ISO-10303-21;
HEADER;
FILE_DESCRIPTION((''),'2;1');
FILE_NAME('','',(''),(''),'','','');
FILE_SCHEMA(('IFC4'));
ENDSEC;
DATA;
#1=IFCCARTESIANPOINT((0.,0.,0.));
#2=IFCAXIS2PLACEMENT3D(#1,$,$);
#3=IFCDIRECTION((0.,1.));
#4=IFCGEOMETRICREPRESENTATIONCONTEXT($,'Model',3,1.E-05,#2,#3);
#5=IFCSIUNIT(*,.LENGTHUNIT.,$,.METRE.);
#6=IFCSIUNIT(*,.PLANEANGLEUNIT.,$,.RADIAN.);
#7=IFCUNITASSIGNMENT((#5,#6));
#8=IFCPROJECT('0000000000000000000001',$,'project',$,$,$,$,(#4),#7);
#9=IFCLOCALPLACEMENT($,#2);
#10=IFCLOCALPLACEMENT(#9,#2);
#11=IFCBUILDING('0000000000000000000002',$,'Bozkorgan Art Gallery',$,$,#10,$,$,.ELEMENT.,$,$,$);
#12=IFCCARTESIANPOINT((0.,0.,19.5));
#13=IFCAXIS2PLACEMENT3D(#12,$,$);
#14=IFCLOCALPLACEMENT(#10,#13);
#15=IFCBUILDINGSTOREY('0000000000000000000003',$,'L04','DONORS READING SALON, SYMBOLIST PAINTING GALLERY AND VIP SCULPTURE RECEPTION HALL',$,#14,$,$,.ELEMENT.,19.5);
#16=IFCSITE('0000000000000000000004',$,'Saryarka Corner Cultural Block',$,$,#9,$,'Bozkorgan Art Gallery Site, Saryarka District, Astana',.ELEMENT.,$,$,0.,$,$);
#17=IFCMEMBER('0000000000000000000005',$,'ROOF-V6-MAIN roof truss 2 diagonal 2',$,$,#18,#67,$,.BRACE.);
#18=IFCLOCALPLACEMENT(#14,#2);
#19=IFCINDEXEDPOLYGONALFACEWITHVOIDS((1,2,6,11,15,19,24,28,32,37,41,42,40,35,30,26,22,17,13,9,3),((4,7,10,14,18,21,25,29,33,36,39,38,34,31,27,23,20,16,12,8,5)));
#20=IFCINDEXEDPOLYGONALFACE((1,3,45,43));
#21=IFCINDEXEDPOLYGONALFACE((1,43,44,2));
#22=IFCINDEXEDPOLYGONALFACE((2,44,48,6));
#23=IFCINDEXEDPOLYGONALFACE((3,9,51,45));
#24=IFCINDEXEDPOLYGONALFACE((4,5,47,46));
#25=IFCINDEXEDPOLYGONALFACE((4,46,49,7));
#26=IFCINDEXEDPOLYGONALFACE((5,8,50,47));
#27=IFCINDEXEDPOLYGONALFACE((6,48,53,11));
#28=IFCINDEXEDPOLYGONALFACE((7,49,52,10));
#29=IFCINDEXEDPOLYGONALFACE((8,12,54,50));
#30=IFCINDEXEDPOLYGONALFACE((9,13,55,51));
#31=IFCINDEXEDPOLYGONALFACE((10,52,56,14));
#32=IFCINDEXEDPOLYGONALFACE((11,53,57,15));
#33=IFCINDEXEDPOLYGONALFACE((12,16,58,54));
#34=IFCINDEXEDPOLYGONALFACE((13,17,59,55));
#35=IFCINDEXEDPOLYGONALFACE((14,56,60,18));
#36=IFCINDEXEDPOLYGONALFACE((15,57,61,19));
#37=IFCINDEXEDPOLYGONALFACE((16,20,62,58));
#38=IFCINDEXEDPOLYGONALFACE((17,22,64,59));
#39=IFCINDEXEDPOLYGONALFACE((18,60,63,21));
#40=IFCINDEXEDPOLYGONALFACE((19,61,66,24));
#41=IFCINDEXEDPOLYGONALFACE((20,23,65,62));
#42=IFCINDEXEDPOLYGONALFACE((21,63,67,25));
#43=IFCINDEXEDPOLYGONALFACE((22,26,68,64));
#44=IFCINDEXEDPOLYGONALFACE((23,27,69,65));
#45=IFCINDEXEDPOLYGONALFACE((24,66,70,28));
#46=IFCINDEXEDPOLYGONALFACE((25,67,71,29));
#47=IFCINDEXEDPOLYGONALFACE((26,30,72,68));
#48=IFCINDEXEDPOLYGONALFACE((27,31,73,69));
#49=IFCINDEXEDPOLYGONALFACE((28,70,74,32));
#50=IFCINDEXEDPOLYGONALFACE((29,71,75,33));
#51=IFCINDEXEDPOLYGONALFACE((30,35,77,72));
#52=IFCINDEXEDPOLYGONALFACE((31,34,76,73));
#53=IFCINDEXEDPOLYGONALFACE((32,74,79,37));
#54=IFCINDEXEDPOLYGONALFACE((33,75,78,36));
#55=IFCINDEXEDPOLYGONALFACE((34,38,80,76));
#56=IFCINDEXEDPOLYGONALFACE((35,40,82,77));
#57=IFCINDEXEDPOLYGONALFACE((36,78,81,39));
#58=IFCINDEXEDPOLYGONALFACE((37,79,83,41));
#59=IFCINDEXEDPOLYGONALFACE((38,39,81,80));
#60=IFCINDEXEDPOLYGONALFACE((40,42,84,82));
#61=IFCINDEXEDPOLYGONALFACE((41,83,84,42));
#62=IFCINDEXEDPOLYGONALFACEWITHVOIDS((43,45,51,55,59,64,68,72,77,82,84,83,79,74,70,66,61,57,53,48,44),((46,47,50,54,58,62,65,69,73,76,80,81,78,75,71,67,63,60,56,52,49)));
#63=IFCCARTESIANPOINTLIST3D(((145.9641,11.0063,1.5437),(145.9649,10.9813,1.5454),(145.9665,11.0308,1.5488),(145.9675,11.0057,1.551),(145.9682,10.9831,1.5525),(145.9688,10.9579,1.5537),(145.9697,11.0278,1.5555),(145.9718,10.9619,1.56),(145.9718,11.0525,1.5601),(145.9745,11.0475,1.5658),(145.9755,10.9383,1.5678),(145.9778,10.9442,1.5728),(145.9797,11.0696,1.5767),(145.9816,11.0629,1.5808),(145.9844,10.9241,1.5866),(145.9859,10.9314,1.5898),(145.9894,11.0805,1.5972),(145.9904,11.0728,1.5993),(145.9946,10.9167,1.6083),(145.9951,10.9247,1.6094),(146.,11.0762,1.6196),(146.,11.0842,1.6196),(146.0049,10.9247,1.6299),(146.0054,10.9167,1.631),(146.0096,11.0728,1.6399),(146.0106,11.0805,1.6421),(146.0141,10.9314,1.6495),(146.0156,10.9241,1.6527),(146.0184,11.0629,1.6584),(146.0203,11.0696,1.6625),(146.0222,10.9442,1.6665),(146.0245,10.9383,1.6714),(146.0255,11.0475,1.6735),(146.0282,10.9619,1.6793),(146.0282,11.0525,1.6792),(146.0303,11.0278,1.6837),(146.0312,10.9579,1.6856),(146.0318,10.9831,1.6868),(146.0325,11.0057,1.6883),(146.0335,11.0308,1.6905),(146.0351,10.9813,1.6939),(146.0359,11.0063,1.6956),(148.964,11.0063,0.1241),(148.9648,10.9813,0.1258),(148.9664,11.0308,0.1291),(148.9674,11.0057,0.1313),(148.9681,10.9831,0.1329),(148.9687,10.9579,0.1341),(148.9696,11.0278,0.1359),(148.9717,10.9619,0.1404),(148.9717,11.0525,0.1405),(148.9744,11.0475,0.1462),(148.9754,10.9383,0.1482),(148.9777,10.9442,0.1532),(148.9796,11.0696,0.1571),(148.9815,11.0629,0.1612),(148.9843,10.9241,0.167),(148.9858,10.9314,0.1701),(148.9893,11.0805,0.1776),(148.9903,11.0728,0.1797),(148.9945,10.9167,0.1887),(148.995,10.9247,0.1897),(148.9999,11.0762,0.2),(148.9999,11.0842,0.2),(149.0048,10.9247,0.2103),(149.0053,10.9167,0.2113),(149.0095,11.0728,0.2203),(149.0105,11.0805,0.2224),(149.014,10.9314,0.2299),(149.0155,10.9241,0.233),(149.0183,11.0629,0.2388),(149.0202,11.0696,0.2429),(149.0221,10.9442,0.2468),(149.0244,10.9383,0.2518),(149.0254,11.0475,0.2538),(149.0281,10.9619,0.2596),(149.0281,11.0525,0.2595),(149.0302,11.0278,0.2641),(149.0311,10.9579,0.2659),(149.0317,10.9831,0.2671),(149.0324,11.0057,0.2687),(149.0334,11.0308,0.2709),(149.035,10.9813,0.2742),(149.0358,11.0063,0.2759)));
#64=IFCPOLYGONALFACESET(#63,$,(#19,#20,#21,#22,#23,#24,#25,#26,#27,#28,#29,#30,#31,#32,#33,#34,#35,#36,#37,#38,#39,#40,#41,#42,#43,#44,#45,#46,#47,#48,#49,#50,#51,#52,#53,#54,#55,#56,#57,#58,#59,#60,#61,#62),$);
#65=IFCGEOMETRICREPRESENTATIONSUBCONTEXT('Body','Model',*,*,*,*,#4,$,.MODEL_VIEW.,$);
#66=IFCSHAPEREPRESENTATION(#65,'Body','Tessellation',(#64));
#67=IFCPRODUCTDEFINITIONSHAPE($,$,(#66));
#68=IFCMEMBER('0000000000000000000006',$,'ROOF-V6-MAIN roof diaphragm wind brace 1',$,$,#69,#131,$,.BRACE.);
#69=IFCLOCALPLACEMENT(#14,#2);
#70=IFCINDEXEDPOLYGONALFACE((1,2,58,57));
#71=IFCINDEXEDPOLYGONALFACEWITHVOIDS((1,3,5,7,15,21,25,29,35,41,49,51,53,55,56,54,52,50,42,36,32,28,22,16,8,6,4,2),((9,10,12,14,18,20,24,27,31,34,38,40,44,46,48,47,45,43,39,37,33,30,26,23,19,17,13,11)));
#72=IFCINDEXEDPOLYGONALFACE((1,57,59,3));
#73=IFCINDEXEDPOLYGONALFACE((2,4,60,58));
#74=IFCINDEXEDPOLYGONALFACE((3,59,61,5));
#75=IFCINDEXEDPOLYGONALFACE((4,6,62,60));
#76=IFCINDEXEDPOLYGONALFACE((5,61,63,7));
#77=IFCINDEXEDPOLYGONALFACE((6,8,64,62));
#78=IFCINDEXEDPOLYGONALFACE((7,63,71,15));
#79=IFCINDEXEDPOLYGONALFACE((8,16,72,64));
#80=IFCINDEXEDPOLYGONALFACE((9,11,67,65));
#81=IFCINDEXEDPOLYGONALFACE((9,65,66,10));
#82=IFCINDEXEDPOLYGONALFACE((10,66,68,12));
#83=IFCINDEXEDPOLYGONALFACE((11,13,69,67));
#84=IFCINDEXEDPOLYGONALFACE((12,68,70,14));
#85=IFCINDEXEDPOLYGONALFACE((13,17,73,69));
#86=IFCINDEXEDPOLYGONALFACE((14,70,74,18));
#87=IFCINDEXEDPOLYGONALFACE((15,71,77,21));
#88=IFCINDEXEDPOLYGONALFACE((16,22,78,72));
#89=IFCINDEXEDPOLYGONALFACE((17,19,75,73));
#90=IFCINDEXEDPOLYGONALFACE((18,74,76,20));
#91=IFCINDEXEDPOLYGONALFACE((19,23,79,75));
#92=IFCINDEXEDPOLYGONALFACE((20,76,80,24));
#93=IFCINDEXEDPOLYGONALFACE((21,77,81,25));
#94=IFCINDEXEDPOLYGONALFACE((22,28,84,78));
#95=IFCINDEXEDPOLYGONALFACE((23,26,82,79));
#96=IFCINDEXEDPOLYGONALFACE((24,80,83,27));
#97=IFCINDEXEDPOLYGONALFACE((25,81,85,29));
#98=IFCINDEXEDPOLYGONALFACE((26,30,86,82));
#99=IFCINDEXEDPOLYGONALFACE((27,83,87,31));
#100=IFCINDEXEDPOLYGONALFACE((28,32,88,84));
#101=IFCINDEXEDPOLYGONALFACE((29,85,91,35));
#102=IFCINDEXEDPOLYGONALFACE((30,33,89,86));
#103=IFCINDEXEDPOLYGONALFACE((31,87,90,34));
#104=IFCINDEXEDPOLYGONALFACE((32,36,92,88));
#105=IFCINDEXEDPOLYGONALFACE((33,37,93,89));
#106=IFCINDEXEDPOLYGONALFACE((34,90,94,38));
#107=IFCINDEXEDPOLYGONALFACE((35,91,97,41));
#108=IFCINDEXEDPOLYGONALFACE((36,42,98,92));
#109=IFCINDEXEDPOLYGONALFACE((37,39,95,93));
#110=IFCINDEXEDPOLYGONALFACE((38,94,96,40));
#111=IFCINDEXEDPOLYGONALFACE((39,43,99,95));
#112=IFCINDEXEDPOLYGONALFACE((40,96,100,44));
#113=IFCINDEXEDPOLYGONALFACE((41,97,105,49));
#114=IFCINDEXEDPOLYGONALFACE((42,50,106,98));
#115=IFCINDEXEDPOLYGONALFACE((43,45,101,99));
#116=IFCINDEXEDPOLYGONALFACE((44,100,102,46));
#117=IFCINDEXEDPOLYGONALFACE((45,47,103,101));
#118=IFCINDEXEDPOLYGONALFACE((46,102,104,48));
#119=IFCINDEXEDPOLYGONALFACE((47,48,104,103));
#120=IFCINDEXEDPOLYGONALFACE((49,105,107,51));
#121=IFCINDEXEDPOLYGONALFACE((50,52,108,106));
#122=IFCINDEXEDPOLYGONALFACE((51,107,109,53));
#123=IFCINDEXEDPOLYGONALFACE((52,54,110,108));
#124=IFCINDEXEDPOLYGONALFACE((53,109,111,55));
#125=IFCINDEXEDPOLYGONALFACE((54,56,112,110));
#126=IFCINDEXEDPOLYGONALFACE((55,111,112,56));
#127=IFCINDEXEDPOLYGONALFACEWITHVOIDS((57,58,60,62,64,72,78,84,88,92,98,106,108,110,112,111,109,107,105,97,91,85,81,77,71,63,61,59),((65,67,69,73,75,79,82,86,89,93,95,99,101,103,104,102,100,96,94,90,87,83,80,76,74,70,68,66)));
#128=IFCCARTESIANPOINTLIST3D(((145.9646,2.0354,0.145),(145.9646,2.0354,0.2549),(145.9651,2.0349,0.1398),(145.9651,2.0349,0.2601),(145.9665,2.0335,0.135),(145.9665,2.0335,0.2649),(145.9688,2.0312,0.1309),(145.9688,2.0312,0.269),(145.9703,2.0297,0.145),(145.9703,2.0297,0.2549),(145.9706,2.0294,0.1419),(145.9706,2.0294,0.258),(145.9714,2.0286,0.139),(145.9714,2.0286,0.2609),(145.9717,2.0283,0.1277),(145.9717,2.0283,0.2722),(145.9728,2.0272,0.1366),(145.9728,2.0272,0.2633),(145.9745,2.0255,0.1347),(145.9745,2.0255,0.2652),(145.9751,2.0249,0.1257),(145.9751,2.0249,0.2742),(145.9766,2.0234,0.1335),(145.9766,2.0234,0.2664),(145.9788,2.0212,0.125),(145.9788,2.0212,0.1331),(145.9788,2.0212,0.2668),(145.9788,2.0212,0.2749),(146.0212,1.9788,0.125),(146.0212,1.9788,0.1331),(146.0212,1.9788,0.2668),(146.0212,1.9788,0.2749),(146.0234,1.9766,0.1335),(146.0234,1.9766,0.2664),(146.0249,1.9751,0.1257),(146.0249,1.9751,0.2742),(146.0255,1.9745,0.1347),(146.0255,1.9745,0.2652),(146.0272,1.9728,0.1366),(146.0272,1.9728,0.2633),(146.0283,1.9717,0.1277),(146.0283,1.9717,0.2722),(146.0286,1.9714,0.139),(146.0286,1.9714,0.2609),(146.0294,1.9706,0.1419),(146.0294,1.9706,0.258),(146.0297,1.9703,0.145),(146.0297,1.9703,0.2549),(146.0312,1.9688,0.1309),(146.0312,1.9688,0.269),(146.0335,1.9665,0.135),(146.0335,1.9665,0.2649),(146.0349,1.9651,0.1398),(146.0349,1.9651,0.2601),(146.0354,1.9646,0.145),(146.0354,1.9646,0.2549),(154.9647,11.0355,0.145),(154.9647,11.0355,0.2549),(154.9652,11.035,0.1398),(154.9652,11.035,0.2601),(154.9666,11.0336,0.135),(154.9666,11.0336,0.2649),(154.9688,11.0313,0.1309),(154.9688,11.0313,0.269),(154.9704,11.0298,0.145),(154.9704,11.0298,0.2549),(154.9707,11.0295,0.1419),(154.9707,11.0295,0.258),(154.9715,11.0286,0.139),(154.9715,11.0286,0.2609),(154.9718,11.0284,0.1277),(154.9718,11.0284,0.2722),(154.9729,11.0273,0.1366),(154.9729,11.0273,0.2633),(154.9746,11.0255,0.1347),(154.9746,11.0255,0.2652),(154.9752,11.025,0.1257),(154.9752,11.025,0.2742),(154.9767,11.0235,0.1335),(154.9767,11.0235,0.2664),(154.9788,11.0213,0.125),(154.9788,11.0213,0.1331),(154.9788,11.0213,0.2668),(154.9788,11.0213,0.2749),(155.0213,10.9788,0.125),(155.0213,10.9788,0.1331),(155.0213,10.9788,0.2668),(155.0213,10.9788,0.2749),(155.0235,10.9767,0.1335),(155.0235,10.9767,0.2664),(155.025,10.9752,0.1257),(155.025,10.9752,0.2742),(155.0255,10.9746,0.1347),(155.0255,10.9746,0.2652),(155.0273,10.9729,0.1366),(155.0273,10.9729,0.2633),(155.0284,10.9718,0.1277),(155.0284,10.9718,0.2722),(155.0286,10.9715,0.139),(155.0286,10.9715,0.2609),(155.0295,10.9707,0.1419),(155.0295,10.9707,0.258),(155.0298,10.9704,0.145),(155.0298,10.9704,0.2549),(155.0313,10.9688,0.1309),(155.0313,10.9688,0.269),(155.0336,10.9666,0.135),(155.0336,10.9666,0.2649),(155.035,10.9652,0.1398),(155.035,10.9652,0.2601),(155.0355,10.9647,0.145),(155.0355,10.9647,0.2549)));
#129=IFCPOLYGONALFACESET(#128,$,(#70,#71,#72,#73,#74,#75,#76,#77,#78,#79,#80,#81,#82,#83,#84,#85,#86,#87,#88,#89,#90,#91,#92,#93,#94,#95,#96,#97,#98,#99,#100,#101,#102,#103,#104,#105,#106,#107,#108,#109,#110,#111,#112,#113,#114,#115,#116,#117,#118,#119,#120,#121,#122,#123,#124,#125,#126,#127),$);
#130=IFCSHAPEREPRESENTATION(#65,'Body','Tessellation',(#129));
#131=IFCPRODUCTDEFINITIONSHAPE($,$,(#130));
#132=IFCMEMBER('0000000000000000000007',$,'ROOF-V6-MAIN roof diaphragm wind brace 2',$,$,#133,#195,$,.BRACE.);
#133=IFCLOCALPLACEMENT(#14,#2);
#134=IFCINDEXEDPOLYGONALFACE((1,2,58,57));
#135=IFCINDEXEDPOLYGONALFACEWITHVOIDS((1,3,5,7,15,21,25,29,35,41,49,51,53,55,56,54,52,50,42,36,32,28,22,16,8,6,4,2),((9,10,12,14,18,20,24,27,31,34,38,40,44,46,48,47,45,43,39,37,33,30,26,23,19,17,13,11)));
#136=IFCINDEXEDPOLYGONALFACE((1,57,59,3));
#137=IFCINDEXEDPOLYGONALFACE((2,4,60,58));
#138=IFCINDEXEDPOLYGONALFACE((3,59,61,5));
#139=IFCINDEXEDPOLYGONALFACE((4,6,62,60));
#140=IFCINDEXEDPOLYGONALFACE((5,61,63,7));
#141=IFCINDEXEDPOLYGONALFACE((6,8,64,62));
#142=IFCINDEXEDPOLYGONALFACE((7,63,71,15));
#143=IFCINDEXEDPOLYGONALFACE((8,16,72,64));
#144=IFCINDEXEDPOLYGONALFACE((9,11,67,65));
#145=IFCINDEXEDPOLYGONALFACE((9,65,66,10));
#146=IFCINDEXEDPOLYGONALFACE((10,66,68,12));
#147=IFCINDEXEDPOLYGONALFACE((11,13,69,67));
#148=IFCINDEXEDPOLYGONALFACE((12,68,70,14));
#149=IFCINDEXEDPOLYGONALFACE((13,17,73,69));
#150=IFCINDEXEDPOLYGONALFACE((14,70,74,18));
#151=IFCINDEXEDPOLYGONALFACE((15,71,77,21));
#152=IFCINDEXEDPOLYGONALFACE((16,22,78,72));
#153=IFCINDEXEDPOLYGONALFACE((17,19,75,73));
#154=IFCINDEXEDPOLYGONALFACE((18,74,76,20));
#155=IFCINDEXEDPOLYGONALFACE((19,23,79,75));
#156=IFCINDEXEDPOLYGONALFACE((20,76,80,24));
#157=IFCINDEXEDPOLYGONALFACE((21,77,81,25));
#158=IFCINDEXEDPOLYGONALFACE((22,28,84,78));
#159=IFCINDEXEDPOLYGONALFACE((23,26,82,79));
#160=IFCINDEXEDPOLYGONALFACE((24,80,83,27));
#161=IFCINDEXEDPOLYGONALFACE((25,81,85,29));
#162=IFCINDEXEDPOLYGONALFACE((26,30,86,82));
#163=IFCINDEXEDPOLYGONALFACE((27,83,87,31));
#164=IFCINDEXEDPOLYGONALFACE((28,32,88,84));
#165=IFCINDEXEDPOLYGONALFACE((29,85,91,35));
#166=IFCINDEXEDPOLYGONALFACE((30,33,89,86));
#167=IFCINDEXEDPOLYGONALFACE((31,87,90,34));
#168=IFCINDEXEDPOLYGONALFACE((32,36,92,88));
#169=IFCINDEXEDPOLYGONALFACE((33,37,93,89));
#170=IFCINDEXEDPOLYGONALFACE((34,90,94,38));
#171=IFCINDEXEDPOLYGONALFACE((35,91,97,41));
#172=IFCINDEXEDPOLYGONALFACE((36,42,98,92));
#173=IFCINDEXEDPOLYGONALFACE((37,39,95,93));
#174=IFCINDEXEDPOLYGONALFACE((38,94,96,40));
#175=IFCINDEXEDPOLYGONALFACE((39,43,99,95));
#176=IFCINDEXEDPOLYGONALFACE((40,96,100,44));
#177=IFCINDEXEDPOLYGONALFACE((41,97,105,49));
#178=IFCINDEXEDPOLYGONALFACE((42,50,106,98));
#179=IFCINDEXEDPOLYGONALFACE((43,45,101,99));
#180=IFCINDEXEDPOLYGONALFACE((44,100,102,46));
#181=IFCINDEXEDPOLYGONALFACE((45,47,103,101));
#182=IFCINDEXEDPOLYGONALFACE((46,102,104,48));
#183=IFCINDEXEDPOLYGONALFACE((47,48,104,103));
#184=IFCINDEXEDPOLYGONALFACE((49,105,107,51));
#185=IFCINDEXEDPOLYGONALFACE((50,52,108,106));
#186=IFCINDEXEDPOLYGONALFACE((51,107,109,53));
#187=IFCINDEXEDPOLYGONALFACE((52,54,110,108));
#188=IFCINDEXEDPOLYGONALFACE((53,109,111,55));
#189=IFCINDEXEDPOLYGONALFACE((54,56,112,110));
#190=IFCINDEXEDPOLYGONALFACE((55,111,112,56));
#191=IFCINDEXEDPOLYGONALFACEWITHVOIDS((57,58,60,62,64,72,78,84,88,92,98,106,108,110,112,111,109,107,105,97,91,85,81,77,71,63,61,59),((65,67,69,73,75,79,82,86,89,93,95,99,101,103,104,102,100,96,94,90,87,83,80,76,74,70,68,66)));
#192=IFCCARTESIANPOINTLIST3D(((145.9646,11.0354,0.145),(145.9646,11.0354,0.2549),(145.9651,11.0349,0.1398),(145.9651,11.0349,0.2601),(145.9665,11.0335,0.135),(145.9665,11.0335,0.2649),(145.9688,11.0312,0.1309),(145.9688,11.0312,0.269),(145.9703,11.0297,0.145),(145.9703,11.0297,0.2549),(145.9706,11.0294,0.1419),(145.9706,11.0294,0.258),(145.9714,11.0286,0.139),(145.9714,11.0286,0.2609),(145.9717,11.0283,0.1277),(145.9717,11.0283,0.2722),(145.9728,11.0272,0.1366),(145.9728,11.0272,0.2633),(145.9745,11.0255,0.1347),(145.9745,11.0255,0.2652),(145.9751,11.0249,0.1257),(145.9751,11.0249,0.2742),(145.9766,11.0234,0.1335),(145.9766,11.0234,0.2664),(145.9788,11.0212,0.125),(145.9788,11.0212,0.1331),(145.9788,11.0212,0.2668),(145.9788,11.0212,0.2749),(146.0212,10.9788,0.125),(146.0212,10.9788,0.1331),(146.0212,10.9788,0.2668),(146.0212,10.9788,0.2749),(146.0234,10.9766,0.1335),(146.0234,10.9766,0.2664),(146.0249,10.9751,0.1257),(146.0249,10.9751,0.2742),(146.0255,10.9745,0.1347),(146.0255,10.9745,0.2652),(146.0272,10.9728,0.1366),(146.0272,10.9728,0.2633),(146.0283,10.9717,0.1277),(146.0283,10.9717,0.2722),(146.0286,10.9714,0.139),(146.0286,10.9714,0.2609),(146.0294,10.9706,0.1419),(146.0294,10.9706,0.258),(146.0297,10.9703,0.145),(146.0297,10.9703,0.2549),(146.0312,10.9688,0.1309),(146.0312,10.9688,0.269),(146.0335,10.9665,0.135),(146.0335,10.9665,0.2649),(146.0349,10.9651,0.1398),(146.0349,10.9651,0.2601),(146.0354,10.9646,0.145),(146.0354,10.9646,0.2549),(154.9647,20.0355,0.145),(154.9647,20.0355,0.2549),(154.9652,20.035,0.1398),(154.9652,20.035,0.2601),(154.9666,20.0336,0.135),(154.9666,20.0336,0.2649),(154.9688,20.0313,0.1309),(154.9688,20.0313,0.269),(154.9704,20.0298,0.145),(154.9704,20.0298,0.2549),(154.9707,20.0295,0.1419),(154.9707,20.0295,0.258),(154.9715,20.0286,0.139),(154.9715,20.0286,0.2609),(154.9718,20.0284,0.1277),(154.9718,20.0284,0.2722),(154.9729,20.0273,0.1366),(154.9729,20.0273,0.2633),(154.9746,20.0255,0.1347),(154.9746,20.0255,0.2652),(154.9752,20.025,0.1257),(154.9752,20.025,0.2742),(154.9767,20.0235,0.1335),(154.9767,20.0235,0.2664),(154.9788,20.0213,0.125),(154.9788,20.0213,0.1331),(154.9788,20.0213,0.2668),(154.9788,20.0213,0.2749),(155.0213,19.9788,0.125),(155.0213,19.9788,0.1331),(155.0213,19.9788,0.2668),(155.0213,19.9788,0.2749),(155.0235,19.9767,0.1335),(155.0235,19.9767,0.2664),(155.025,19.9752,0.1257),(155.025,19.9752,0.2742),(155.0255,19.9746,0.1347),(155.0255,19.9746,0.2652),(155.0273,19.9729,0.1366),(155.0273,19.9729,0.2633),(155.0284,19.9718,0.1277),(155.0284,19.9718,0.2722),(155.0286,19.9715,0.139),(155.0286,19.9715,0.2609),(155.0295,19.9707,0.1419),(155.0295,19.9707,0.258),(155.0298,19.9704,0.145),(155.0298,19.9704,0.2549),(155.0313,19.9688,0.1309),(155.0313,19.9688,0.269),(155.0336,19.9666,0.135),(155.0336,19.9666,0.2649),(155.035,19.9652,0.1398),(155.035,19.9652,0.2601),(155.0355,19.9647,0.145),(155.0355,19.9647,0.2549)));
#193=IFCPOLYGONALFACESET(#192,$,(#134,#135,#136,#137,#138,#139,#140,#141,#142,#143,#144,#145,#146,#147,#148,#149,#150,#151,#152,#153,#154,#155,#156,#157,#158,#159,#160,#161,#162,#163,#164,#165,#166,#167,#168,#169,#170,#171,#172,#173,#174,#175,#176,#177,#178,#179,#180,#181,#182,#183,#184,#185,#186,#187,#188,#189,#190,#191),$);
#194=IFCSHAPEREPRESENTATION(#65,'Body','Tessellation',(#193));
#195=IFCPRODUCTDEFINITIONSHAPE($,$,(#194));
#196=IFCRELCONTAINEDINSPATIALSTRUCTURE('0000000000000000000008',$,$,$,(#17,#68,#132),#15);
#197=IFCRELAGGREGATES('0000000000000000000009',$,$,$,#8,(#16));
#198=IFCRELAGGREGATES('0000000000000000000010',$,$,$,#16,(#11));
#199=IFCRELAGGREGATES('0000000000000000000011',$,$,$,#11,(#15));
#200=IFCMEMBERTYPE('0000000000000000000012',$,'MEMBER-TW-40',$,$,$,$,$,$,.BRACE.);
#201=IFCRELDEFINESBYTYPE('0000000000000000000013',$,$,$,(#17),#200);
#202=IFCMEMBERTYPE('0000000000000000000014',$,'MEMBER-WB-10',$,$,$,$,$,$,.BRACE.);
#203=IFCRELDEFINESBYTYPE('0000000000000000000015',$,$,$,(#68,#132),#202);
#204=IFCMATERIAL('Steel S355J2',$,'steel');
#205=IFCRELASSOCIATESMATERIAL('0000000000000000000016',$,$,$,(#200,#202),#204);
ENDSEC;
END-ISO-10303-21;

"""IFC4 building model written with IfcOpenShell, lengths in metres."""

from ifc_helpers import new_model, si_unit, direction, frame, origin, origin_2d, place, context, subcontext, project, spatial, hollow_rectangle, hollow_circle, extrude, material, material_profile, profile_set, type_object, element, save


model = new_model("IFC4")

# Units and contexts
model_context = context("Model", 3, precision=1e-05, world=origin(), true_north=direction((0.0, 1.0)))
body_context = subcontext(model_context, "Body", "Model", "MODEL_VIEW")
ifc_project = project(units=[si_unit("LENGTHUNIT", "METRE"), si_unit("PLANEANGLEUNIT", "RADIAN")], contexts=[model_context])

# Site, building, storey
site_placement = place(None, origin())
site = spatial("IfcSite", under=ifc_project, at=site_placement, Name="Saryarka Corner Cultural Block", LongName="Bozkorgan Art Gallery Site, Saryarka District, Astana", CompositionType="ELEMENT", RefElevation=0.0)
building_placement = place(site_placement, origin())
building = spatial("IfcBuilding", under=site, at=building_placement, Name="Bozkorgan Art Gallery", CompositionType="ELEMENT")
storey_placement = place(building_placement, frame((0.0, 0.0, 19.5)))
storey = spatial("IfcBuildingStorey", under=building, at=storey_placement, Name="L04", Description="DONORS READING SALON, SYMBOLIST PAINTING GALLERY AND VIP SCULPTURE RECEPTION HALL", CompositionType="ELEMENT", Elevation=19.5)

# Shared definitions
ifc_material_1 = material(Name="Steel S355J2", Category="steel")

# Members
ifc_material_profile_1 = material_profile(ifc_material_1, hollow_circle(Radius=0.0842, WallThickness=0.0081, at=origin_2d()), Name="CHS 168.3x8")
ifc_profile_set_1 = profile_set([ifc_material_profile_1], Name="Steel S355J2")
member_type_1 = type_object("IfcMemberType", Name="MEMBER-TW-40", PredefinedType="BRACE", material=ifc_profile_set_1)
for number, where, z_axis, x_axis, name in (
    (1, (146.0, 11.0, 1.6196), (0.903898, 0.0, -0.427748), (0.0, 1.0, 0.0), "ROOF-V6-MAIN roof truss 2 diagonal 2"),
):
    element("IfcMember", number, at=place(storey_placement, frame(where, z_axis=z_axis, x_axis=x_axis)), inside=storey, type_object=member_type_1, Name=name, PredefinedType="BRACE", context=body_context, shape_type="SweptSolid", body=[
        extrude(hollow_circle(Radius=0.0842, WallThickness=0.0081, at=origin_2d()), origin(), (0.0, 0.0, 1.0), 3.3188),
    ])
ifc_material_profile_2 = material_profile(ifc_material_1, hollow_rectangle(XDim=0.1001, YDim=0.1499, WallThickness=0.0081, InnerFilletRadius=0.012, OuterFilletRadius=0.02, at=origin_2d()), Name="RHS 150x100x8")
ifc_profile_set_2 = profile_set([ifc_material_profile_2], Name="Steel S355J2")
member_type_2 = type_object("IfcMemberType", Name="MEMBER-WB-10", PredefinedType="BRACE", material=ifc_profile_set_2)
for number, where, z_axis, x_axis, name in (
    (2, (146.0, 2.0, 0.2), (0.707107, 0.707107, 0.0), (-0.707107, 0.707107, 0.0), "ROOF-V6-MAIN roof diaphragm wind brace 1"),
    (3, (146.0, 11.0, 0.2), (0.707107, 0.707107, 0.0), (-0.707107, 0.707107, 0.0), "ROOF-V6-MAIN roof diaphragm wind brace 2"),
):
    element("IfcMember", number, at=place(storey_placement, frame(where, z_axis=z_axis, x_axis=x_axis)), inside=storey, type_object=member_type_2, Name=name, PredefinedType="BRACE", context=body_context, shape_type="SweptSolid", body=[
        extrude(hollow_rectangle(XDim=0.1001, YDim=0.1499, WallThickness=0.0081, InnerFilletRadius=0.012, OuterFilletRadius=0.02, at=origin_2d()), origin(), (0.0, 0.0, 1.0), 12.728),
    ])

save(model, "model.ifc")
